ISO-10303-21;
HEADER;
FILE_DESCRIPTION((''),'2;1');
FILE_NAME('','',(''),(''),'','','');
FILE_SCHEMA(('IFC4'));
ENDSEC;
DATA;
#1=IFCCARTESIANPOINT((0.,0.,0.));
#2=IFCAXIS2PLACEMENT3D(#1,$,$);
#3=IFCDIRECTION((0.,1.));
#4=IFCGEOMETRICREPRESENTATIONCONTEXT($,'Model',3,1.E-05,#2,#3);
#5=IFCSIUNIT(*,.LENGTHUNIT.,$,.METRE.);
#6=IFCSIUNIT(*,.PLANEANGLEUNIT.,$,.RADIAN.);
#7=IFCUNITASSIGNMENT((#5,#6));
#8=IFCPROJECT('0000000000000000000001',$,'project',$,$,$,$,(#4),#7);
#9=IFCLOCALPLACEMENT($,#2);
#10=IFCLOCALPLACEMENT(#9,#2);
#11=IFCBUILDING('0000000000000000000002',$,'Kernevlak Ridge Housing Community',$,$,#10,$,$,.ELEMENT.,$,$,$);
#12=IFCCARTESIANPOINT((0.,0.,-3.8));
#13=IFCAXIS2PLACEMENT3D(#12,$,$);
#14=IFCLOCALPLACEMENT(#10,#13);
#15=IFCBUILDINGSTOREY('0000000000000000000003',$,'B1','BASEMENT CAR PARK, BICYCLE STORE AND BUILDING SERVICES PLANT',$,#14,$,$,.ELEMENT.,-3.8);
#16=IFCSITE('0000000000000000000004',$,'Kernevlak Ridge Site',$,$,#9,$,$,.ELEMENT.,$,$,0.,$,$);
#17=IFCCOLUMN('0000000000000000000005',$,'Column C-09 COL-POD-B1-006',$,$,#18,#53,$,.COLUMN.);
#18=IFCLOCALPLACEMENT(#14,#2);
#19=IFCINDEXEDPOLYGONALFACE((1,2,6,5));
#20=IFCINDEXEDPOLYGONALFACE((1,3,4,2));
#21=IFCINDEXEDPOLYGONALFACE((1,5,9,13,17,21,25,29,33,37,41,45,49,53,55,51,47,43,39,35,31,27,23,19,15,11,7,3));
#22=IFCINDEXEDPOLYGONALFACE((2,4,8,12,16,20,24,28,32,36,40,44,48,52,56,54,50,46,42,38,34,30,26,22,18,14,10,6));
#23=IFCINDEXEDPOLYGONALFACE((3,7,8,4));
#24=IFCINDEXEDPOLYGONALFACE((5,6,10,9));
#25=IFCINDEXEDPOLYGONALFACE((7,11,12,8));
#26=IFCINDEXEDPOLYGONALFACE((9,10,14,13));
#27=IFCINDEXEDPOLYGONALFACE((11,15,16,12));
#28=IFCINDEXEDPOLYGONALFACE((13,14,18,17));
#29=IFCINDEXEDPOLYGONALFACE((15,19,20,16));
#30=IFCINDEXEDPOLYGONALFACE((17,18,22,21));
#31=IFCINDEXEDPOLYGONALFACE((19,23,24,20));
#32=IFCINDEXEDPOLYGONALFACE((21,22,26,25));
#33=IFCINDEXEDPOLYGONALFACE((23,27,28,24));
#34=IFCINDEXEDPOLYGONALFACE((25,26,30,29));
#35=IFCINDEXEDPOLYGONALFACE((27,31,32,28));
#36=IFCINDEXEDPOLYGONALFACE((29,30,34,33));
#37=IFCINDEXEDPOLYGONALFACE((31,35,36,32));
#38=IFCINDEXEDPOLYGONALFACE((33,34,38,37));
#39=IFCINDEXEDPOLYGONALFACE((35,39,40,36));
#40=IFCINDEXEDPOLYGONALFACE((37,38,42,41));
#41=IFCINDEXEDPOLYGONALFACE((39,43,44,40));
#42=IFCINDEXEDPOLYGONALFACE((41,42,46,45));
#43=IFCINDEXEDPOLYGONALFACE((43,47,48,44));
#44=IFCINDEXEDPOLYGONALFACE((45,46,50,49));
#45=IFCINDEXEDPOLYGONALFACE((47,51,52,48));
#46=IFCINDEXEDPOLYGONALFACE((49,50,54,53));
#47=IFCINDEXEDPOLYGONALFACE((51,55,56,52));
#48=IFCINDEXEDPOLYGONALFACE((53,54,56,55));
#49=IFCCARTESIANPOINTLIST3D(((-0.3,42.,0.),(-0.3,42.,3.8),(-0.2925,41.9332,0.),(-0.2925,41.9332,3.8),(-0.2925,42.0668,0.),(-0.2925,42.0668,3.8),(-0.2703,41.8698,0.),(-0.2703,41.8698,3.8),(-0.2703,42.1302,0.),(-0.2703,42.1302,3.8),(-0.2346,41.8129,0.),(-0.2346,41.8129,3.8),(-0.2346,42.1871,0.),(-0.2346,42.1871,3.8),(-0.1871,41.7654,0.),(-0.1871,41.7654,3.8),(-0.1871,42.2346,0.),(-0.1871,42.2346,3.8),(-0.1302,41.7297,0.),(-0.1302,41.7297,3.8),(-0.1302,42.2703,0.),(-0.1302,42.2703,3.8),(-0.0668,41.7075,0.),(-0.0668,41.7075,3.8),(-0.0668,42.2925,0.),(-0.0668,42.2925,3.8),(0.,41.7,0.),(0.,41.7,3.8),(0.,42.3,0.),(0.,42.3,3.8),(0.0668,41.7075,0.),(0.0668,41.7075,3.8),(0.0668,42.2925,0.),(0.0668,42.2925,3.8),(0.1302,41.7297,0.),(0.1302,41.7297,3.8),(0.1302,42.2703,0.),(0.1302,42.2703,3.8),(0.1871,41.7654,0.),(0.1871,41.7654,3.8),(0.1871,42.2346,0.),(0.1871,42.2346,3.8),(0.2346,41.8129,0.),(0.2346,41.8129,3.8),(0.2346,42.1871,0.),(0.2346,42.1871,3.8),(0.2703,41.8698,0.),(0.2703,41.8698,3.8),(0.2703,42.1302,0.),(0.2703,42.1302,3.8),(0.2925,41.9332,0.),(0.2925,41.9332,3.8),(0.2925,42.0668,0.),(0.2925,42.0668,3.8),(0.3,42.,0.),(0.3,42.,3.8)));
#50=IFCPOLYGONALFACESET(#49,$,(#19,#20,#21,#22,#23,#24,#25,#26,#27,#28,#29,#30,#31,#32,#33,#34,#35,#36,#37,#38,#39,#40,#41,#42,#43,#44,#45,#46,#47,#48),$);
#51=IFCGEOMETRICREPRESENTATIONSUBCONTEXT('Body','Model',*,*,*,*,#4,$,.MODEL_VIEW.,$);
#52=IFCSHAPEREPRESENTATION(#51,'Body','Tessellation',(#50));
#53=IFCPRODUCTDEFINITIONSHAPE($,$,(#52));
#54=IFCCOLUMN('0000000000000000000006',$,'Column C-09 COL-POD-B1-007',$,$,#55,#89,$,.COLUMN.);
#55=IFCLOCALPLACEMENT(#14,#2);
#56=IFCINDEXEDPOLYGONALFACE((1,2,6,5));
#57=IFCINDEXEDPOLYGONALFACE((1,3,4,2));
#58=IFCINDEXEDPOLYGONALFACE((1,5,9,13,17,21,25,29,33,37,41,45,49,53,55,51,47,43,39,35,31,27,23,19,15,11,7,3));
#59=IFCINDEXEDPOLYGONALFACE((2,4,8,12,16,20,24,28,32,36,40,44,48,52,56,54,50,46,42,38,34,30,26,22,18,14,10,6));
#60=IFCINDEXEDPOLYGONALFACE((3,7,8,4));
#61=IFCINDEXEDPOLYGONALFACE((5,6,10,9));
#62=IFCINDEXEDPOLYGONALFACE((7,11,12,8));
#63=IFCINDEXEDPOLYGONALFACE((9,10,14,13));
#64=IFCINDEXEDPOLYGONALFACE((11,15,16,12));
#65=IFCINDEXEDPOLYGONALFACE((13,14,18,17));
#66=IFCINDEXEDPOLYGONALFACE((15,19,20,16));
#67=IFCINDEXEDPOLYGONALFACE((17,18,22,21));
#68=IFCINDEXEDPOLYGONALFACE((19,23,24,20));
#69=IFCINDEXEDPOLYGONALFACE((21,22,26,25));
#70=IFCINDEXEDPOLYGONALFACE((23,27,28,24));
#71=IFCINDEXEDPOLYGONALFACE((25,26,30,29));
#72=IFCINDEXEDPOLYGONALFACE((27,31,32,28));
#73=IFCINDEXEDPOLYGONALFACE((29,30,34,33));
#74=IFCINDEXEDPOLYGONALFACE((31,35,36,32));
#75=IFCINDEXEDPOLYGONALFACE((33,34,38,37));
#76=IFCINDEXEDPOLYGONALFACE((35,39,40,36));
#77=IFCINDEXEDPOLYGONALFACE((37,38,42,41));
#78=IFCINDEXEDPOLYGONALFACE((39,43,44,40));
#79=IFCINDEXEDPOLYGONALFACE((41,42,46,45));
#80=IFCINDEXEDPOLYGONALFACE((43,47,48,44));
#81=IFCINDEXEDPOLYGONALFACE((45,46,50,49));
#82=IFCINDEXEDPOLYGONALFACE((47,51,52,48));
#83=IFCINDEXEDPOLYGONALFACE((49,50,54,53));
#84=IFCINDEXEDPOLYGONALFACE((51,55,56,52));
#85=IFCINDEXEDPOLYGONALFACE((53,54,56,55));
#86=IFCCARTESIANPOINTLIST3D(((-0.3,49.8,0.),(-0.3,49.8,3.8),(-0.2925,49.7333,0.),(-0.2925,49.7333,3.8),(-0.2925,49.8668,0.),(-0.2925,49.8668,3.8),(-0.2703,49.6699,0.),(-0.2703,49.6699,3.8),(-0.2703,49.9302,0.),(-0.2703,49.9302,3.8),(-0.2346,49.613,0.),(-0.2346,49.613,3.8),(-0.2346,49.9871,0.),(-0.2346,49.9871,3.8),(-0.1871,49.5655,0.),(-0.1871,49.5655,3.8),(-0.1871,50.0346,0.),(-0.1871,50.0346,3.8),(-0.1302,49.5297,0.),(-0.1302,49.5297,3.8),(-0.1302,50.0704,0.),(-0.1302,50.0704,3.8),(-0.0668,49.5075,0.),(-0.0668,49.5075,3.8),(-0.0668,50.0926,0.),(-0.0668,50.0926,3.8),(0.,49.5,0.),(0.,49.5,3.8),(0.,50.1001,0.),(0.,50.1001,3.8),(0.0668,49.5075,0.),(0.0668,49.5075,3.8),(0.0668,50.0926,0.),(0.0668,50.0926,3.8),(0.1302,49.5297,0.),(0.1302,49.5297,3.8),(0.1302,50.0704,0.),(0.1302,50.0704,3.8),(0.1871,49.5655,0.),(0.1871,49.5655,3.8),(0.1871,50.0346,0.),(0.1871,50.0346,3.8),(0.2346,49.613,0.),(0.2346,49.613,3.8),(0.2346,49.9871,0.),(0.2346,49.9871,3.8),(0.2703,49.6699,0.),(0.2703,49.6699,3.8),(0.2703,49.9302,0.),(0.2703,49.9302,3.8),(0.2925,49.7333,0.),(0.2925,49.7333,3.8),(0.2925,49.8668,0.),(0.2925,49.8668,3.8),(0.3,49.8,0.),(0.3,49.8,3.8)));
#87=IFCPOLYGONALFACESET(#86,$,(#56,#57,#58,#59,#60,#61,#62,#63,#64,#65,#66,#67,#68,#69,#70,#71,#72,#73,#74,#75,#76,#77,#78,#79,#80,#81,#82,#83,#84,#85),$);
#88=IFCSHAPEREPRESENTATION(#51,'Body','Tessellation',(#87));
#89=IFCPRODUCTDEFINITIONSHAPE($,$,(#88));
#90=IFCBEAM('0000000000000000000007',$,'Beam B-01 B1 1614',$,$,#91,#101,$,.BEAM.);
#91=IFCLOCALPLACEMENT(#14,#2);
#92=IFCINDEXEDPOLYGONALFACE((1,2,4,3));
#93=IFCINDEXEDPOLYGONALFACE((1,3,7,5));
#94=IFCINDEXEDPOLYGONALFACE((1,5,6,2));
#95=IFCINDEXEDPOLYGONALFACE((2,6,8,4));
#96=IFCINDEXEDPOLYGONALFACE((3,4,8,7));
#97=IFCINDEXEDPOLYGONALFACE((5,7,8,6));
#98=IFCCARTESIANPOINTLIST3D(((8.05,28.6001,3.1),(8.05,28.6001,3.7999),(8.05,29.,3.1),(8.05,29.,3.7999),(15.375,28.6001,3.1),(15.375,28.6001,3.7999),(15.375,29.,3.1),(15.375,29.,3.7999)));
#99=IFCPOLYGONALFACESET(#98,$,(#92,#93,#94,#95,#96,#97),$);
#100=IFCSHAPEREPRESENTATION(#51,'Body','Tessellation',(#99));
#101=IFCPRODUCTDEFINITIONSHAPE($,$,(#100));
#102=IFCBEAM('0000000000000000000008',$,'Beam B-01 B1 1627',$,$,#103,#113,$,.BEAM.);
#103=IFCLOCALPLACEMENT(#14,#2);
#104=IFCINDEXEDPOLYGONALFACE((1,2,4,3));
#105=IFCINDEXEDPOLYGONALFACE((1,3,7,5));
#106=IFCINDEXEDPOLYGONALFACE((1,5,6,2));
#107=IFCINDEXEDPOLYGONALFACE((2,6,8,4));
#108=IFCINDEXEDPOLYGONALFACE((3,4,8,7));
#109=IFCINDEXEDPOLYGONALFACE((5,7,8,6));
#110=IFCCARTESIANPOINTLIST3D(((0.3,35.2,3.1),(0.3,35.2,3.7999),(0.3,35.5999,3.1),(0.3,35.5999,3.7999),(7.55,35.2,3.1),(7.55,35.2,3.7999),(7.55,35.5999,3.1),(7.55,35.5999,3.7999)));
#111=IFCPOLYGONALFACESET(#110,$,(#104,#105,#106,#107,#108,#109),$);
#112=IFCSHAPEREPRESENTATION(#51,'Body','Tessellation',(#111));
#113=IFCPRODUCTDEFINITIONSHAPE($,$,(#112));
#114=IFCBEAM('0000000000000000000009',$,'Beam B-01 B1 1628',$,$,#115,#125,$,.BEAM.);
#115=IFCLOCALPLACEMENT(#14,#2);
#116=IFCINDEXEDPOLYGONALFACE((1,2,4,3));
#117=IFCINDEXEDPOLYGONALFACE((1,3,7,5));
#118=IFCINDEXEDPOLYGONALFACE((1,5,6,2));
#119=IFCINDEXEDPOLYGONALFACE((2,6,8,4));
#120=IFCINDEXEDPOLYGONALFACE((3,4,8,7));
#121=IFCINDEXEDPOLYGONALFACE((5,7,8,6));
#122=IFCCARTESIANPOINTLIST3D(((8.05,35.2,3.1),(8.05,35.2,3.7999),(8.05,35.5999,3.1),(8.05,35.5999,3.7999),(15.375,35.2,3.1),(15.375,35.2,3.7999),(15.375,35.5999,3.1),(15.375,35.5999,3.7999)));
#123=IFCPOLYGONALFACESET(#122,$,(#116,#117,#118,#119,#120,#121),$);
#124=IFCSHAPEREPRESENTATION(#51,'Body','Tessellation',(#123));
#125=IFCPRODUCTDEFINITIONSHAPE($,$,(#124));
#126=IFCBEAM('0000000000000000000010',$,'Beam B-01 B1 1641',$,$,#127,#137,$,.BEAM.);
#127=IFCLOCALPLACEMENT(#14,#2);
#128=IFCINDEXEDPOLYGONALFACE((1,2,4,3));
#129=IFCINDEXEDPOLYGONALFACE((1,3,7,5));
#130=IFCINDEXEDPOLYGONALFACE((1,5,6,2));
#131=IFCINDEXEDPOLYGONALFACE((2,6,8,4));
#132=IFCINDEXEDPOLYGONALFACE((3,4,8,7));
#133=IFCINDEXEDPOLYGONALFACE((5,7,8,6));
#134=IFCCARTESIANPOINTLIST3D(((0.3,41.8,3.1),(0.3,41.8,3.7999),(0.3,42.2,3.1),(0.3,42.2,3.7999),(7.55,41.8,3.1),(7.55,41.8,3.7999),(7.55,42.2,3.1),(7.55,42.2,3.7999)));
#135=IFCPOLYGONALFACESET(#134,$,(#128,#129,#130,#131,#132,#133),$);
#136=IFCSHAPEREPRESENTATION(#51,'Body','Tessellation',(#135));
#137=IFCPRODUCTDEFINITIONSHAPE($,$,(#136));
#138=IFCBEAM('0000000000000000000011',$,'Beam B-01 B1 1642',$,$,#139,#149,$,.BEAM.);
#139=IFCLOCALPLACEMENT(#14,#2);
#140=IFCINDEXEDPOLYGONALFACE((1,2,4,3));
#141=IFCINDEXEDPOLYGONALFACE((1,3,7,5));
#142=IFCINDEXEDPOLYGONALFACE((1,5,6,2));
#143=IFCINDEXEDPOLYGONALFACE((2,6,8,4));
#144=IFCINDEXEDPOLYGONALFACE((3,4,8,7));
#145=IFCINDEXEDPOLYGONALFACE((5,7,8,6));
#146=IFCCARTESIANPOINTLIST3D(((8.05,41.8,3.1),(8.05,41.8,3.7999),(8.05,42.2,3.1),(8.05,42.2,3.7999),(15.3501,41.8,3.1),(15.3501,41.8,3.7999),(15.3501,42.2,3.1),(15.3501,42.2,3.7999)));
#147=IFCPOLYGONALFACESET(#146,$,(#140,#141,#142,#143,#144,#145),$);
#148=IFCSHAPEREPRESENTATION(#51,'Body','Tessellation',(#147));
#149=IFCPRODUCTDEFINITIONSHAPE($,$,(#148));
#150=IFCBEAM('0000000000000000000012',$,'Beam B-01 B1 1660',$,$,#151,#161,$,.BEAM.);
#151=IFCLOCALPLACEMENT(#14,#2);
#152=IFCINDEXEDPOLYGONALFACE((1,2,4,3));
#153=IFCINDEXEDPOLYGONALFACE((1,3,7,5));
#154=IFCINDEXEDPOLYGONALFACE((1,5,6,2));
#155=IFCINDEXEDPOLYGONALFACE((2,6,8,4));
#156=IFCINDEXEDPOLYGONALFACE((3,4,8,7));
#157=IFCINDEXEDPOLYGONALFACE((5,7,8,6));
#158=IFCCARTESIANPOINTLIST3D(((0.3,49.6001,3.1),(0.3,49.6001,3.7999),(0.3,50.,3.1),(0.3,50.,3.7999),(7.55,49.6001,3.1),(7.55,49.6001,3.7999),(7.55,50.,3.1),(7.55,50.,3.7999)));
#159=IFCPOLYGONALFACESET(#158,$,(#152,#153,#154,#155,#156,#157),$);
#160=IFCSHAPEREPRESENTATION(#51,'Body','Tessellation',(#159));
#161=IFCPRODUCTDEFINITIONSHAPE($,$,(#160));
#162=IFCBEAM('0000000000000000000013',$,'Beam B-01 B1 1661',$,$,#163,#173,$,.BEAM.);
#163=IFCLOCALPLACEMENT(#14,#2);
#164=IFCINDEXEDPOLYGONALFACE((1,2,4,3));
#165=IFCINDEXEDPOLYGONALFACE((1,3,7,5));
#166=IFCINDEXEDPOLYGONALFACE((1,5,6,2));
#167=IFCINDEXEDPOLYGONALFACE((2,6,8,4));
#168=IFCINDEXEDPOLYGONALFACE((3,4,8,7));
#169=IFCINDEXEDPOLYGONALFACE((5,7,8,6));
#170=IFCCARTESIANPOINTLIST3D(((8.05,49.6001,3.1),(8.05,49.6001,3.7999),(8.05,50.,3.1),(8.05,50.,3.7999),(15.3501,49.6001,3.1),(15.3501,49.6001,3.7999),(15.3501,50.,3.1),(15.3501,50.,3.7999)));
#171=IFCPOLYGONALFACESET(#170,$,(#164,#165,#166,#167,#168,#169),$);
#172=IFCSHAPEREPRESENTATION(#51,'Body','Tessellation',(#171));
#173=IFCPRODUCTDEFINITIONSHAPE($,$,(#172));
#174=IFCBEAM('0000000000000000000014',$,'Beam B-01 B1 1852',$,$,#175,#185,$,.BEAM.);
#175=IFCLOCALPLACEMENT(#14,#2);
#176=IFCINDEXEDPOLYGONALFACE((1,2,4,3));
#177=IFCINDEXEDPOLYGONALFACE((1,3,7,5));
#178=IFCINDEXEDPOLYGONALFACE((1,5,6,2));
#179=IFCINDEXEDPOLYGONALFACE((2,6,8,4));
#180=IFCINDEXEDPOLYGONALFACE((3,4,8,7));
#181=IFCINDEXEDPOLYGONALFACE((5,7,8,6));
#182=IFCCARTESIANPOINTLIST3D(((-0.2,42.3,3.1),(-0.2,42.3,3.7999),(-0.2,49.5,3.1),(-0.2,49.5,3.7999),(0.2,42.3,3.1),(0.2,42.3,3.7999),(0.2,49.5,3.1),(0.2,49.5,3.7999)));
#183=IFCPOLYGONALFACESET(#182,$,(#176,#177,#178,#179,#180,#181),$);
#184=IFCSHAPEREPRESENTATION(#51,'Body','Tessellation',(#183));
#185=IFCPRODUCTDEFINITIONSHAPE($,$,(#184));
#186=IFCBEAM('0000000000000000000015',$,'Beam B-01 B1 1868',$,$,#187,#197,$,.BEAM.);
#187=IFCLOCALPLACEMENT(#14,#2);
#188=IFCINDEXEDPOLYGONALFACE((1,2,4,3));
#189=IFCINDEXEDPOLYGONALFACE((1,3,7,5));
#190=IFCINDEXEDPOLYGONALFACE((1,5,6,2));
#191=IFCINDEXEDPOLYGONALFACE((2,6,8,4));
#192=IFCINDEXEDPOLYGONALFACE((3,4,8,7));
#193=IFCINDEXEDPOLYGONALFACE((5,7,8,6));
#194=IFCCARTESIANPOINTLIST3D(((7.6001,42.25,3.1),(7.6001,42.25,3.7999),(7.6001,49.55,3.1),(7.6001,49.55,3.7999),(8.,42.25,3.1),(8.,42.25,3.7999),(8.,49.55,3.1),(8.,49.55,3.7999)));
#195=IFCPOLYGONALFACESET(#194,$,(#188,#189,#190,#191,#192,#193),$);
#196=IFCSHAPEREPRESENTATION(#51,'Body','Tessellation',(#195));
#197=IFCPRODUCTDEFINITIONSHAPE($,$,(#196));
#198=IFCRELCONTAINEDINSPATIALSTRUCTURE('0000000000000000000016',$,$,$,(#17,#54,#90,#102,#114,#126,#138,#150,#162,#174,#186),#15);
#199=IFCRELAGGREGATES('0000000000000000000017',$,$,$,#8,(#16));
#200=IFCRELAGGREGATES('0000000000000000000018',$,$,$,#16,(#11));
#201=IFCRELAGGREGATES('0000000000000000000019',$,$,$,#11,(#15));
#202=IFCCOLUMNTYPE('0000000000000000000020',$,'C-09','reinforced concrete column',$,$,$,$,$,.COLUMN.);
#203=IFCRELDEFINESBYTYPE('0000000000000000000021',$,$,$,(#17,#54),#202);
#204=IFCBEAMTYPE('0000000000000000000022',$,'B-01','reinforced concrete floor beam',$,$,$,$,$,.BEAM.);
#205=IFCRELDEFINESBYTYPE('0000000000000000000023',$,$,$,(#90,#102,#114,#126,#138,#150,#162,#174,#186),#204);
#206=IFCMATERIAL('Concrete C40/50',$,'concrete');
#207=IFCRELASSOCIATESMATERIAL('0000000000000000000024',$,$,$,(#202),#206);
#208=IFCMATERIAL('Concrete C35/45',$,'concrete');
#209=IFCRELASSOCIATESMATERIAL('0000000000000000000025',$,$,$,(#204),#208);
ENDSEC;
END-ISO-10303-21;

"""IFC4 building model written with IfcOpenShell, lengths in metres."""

from ifc_helpers import new_model, si_unit, direction, frame, origin, origin_2d, place, context, subcontext, project, spatial, rectangle, circle, extrude, material, material_profile, profile_set, type_object, element, save


model = new_model("IFC4")

# Units and contexts
model_context = context("Model", 3, precision=1e-05, world=origin(), true_north=direction((0.0, 1.0)))
body_context = subcontext(model_context, "Body", "Model", "MODEL_VIEW")
ifc_project = project(units=[si_unit("LENGTHUNIT", "METRE"), si_unit("PLANEANGLEUNIT", "RADIAN")], contexts=[model_context])

# Site, building, storey
site_placement = place(None, origin())
site = spatial("IfcSite", under=ifc_project, at=site_placement, Name="Kernevlak Ridge Site", CompositionType="ELEMENT", RefElevation=0.0)
building_placement = place(site_placement, origin())
building = spatial("IfcBuilding", under=site, at=building_placement, Name="Kernevlak Ridge Housing Community", CompositionType="ELEMENT")
storey_placement = place(building_placement, frame((0.0, 0.0, -3.8)))
storey = spatial("IfcBuildingStorey", under=building, at=storey_placement, Name="B1", Description="BASEMENT CAR PARK, BICYCLE STORE AND BUILDING SERVICES PLANT", CompositionType="ELEMENT", Elevation=-3.8)

# Shared definitions
ifc_material_1 = material(Name="Concrete C35/45", Category="concrete")

# Columns
ifc_material_2 = material(Name="Concrete C40/50", Category="concrete")
ifc_material_profile_1 = material_profile(ifc_material_2, circle(Radius=0.3, at=origin_2d()), Name="RC D600")
ifc_profile_set_1 = profile_set([ifc_material_profile_1], Name="Concrete C40/50")
column_type_1 = type_object("IfcColumnType", Name="C-09", Description="reinforced concrete column", PredefinedType="COLUMN", material=ifc_profile_set_1)
for number, where, z_axis, x_axis, name in (
    (1, (0.0, 42.0, 0.0), (0.0, 0.0, 1.0), (1.0, 0.0, 0.0), "Column C-09 COL-POD-B1-006"),
    (2, (0.0, 49.8, 0.0), (0.0, 0.0, 1.0), (1.0, 0.0, 0.0), "Column C-09 COL-POD-B1-007"),
):
    element("IfcColumn", number, at=place(storey_placement, frame(where, z_axis=z_axis, x_axis=x_axis)), inside=storey, type_object=column_type_1, Name=name, PredefinedType="COLUMN", context=body_context, shape_type="SweptSolid", body=[
        extrude(circle(Radius=0.3, at=origin_2d()), origin(), (0.0, 0.0, 1.0), 3.8),
    ])

# Beams
ifc_material_profile_2 = material_profile(ifc_material_1, rectangle(XDim=0.3999, YDim=0.7, at=origin_2d()), Name="RC 400x700")
ifc_profile_set_2 = profile_set([ifc_material_profile_2], Name="Concrete C35/45")
beam_type_1 = type_object("IfcBeamType", Name="B-01", Description="reinforced concrete floor beam", PredefinedType="BEAM", material=ifc_profile_set_2)
beam_1_placement = place(storey_placement, frame((8.05, 28.8, 3.45), z_axis=(1.0, 0.0, 0.0), x_axis=(0.0, 1.0, 0.0)))
element("IfcBeam", 3, at=beam_1_placement, inside=storey, type_object=beam_type_1, Name="Beam B-01 B1 1614", PredefinedType="BEAM", context=body_context, shape_type="SweptSolid", body=[
    extrude(rectangle(XDim=0.3999, YDim=0.7, at=origin_2d()), origin(), (0.0, 0.0, 1.0), 7.325),
])
beam_2_placement = place(storey_placement, frame((0.3, 35.3999, 3.45), z_axis=(1.0, 0.0, 0.0), x_axis=(0.0, 1.0, 0.0)))
element("IfcBeam", 4, at=beam_2_placement, inside=storey, type_object=beam_type_1, Name="Beam B-01 B1 1627", PredefinedType="BEAM", context=body_context, shape_type="SweptSolid", body=[
    extrude(rectangle(XDim=0.3999, YDim=0.7, at=origin_2d()), origin(), (0.0, 0.0, 1.0), 7.25),
])
beam_3_placement = place(storey_placement, frame((8.05, 35.3999, 3.45), z_axis=(1.0, 0.0, 0.0), x_axis=(0.0, 1.0, 0.0)))
element("IfcBeam", 5, at=beam_3_placement, inside=storey, type_object=beam_type_1, Name="Beam B-01 B1 1628", PredefinedType="BEAM", context=body_context, shape_type="SweptSolid", body=[
    extrude(rectangle(XDim=0.3999, YDim=0.7, at=origin_2d()), origin(), (0.0, 0.0, 1.0), 7.325),
])
beam_4_placement = place(storey_placement, frame((0.3, 42.0, 3.45), z_axis=(1.0, 0.0, 0.0), x_axis=(0.0, 1.0, 0.0)))
element("IfcBeam", 6, at=beam_4_placement, inside=storey, type_object=beam_type_1, Name="Beam B-01 B1 1641", PredefinedType="BEAM", context=body_context, shape_type="SweptSolid", body=[
    extrude(rectangle(XDim=0.3999, YDim=0.7, at=origin_2d()), origin(), (0.0, 0.0, 1.0), 7.25),
])
beam_5_placement = place(storey_placement, frame((8.05, 42.0, 3.45), z_axis=(1.0, 0.0, 0.0), x_axis=(0.0, 1.0, 0.0)))
element("IfcBeam", 7, at=beam_5_placement, inside=storey, type_object=beam_type_1, Name="Beam B-01 B1 1642", PredefinedType="BEAM", context=body_context, shape_type="SweptSolid", body=[
    extrude(rectangle(XDim=0.3999, YDim=0.7, at=origin_2d()), origin(), (0.0, 0.0, 1.0), 7.3),
])
beam_6_placement = place(storey_placement, frame((0.3, 49.8, 3.45), z_axis=(1.0, 0.0, 0.0), x_axis=(0.0, 1.0, 0.0)))
element("IfcBeam", 8, at=beam_6_placement, inside=storey, type_object=beam_type_1, Name="Beam B-01 B1 1660", PredefinedType="BEAM", context=body_context, shape_type="SweptSolid", body=[
    extrude(rectangle(XDim=0.3999, YDim=0.7, at=origin_2d()), origin(), (0.0, 0.0, 1.0), 7.25),
])
beam_7_placement = place(storey_placement, frame((8.05, 49.8, 3.45), z_axis=(1.0, 0.0, 0.0), x_axis=(0.0, 1.0, 0.0)))
element("IfcBeam", 9, at=beam_7_placement, inside=storey, type_object=beam_type_1, Name="Beam B-01 B1 1661", PredefinedType="BEAM", context=body_context, shape_type="SweptSolid", body=[
    extrude(rectangle(XDim=0.3999, YDim=0.7, at=origin_2d()), origin(), (0.0, 0.0, 1.0), 7.3),
])
beam_8_placement = place(storey_placement, frame((0.0, 42.3, 3.45), z_axis=(0.0, 1.0, 0.0), x_axis=(-1.0, 0.0, 0.0)))
element("IfcBeam", 10, at=beam_8_placement, inside=storey, type_object=beam_type_1, Name="Beam B-01 B1 1852", PredefinedType="BEAM", context=body_context, shape_type="SweptSolid", body=[
    extrude(rectangle(XDim=0.3999, YDim=0.7, at=origin_2d()), origin(), (0.0, 0.0, 1.0), 7.2),
])
beam_9_placement = place(storey_placement, frame((7.8, 42.25, 3.45), z_axis=(0.0, 1.0, 0.0), x_axis=(-1.0, 0.0, 0.0)))
element("IfcBeam", 11, at=beam_9_placement, inside=storey, type_object=beam_type_1, Name="Beam B-01 B1 1868", PredefinedType="BEAM", context=body_context, shape_type="SweptSolid", body=[
    extrude(rectangle(XDim=0.3999, YDim=0.7, at=origin_2d()), origin(), (0.0, 0.0, 1.0), 7.3),
])

save(model, "model.ifc")
